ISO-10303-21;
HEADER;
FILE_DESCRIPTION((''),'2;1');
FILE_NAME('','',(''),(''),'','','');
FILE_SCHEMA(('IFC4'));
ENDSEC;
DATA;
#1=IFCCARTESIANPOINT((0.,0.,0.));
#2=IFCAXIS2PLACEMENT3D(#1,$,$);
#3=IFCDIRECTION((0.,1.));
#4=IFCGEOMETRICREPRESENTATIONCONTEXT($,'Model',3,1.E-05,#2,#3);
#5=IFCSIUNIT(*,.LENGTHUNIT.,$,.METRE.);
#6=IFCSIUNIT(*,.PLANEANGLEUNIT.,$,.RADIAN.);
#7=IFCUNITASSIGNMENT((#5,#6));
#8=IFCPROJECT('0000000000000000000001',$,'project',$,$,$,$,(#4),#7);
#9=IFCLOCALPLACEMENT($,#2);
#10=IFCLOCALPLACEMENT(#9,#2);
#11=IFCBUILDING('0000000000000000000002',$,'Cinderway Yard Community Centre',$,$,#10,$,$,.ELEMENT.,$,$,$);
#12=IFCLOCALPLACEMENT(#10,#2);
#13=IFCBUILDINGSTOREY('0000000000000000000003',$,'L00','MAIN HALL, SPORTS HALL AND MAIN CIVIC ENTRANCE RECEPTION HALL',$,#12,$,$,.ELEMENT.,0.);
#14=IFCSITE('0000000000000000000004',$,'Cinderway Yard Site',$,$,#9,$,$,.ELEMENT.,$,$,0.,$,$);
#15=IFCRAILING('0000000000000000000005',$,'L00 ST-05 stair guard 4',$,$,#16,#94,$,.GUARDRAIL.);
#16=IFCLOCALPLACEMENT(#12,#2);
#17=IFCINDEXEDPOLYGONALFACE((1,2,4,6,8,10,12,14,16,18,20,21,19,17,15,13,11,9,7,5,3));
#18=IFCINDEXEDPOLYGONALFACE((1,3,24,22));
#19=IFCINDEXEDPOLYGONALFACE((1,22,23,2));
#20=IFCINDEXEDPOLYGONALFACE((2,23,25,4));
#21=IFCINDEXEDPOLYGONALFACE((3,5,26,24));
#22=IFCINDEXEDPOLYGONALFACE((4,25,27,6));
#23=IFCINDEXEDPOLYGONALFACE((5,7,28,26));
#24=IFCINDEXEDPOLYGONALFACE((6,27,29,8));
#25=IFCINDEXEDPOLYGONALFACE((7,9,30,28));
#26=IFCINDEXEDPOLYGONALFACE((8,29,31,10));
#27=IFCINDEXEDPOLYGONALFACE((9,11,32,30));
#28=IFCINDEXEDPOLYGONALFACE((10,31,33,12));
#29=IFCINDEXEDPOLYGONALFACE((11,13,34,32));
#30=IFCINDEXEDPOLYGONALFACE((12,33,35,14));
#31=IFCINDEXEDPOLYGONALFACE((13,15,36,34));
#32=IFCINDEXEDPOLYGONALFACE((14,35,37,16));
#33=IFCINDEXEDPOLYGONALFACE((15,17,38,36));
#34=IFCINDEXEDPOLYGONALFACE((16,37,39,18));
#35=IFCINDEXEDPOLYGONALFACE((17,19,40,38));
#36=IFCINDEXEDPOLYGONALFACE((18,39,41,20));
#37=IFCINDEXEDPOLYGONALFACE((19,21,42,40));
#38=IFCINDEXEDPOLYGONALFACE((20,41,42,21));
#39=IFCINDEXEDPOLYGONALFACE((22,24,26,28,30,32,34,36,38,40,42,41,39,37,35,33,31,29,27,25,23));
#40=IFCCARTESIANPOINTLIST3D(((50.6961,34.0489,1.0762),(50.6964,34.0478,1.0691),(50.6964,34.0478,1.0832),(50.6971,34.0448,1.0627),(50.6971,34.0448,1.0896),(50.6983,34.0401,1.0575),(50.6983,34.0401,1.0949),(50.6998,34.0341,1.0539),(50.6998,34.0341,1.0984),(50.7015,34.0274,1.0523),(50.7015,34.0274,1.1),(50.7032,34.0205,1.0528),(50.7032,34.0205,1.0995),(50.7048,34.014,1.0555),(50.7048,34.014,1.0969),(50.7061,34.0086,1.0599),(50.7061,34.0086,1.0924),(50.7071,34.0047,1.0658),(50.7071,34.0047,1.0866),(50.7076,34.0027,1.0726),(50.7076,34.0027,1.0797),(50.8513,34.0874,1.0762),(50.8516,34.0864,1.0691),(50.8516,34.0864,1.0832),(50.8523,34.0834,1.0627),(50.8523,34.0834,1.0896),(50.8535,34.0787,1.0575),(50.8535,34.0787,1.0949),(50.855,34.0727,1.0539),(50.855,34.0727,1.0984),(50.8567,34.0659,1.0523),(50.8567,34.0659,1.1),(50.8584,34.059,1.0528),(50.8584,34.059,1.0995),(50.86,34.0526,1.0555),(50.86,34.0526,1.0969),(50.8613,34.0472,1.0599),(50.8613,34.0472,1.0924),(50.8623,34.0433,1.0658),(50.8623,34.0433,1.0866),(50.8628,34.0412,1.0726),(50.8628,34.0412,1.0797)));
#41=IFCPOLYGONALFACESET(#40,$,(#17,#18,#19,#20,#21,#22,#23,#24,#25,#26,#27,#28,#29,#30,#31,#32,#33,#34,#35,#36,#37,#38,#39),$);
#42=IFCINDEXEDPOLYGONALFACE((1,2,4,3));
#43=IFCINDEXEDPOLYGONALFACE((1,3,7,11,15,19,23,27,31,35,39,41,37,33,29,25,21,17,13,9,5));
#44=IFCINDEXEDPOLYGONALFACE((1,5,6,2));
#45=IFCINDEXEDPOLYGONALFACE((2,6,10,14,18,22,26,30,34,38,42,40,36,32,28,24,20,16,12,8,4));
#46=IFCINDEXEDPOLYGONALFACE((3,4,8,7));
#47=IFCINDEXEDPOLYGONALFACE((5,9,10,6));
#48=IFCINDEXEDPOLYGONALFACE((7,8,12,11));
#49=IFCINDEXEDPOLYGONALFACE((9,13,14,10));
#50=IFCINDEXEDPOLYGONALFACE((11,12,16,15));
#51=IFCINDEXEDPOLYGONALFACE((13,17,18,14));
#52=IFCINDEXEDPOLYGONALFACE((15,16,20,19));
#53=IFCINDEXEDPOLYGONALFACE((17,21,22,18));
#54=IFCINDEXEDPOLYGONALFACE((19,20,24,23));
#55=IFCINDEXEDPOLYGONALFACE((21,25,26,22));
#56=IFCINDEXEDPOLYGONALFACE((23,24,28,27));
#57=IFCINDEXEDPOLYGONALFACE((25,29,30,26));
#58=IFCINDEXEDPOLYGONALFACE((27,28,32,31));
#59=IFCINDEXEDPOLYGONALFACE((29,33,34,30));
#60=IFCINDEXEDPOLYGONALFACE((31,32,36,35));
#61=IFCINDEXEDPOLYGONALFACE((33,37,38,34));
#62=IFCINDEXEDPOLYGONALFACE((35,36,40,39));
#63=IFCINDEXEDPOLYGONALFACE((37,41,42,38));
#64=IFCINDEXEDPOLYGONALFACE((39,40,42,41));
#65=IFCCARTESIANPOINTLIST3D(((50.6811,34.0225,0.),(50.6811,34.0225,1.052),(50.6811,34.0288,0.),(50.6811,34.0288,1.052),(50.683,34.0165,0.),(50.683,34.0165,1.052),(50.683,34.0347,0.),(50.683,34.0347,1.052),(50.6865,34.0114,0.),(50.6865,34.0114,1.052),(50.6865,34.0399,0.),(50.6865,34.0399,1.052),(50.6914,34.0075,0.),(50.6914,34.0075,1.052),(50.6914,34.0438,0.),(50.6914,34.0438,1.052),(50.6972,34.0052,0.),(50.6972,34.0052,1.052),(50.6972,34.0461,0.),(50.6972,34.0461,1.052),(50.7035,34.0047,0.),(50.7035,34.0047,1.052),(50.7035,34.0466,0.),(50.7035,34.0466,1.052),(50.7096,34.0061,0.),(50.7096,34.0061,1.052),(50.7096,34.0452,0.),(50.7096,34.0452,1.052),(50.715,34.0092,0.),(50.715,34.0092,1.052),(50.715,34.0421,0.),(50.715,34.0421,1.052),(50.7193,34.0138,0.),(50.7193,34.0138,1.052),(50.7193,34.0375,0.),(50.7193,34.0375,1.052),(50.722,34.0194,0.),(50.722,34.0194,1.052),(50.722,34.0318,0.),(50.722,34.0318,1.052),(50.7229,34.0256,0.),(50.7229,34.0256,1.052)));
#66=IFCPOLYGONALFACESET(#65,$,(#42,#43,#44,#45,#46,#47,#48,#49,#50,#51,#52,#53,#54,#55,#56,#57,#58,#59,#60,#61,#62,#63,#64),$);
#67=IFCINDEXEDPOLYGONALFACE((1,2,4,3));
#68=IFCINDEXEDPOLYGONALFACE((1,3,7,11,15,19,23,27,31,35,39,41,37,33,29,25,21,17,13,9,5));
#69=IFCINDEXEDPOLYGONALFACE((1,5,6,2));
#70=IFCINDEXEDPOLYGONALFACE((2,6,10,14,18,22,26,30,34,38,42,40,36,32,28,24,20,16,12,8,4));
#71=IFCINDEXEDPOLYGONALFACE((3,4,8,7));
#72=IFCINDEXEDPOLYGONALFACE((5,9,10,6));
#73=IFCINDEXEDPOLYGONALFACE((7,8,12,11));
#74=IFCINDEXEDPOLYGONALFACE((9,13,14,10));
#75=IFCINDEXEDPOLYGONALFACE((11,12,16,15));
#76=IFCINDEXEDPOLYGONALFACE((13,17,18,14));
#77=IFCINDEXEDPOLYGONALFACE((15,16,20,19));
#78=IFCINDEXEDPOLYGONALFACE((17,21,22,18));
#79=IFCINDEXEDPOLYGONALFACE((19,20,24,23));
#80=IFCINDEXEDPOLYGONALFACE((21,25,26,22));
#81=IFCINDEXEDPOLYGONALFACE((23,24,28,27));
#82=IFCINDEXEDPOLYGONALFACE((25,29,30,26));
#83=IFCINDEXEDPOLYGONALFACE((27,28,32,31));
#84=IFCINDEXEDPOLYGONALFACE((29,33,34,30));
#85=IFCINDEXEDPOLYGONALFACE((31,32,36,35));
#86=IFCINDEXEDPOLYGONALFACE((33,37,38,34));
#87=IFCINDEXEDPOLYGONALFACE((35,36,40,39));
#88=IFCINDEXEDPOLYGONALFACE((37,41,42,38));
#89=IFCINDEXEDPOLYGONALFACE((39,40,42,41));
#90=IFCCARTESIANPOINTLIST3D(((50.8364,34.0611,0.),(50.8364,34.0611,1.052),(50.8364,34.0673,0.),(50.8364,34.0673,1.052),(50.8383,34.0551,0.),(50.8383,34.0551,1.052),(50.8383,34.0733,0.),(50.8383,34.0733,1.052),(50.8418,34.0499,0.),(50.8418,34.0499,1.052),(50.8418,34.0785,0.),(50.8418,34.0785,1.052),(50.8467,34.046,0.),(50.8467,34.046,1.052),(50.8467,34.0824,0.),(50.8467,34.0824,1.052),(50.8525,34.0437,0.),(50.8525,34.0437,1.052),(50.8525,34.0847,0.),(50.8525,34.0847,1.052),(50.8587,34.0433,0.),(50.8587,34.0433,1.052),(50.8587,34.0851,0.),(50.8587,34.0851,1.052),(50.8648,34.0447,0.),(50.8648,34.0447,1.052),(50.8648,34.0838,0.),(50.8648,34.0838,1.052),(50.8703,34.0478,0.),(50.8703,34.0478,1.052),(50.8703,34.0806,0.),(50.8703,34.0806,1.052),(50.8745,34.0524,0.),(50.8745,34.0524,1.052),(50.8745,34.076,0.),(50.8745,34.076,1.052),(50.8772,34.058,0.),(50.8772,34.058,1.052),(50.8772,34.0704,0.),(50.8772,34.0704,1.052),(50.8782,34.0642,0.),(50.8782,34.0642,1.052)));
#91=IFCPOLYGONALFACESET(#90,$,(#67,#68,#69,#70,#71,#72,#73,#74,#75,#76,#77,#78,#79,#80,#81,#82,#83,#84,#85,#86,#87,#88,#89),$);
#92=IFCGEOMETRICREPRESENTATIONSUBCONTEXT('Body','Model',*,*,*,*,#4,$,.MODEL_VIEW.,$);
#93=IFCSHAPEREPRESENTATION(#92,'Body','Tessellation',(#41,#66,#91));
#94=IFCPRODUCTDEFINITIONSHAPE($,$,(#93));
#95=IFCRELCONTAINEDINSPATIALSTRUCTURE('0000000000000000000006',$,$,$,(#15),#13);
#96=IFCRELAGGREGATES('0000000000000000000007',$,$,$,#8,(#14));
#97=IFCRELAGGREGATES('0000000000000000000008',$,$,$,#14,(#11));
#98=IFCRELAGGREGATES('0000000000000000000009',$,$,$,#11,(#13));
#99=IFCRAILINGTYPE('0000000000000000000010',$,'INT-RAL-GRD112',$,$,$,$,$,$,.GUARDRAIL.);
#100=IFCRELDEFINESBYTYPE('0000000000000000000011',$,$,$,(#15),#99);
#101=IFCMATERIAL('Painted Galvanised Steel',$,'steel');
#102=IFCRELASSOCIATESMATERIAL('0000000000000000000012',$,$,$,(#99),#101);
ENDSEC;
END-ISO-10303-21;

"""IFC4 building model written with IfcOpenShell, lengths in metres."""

from ifc_helpers import new_model, si_unit, direction, frame, origin, origin_2d, place, context, subcontext, project, spatial, circle, extrude, material, type_object, element, save


model = new_model("IFC4")

# Units and contexts
model_context = context("Model", 3, precision=1e-05, world=origin(), true_north=direction((0.0, 1.0)))
body_context = subcontext(model_context, "Body", "Model", "MODEL_VIEW")
ifc_project = project(units=[si_unit("LENGTHUNIT", "METRE"), si_unit("PLANEANGLEUNIT", "RADIAN")], contexts=[model_context])

# Site, building, storey
site_placement = place(None, origin())
site = spatial("IfcSite", under=ifc_project, at=site_placement, Name="Cinderway Yard Site", CompositionType="ELEMENT", RefElevation=0.0)
building_placement = place(site_placement, origin())
building = spatial("IfcBuilding", under=site, at=building_placement, Name="Cinderway Yard Community Centre", CompositionType="ELEMENT")
storey_placement = place(building_placement, origin())
storey = spatial("IfcBuildingStorey", under=building, at=storey_placement, Name="L00", Description="MAIN HALL, SPORTS HALL AND MAIN CIVIC ENTRANCE RECEPTION HALL", CompositionType="ELEMENT", Elevation=0.0)

# Railing
ifc_material_1 = material(Name="Painted Galvanised Steel", Category="steel")
railing_type_1 = type_object("IfcRailingType", Name="INT-RAL-GRD112", PredefinedType="GUARDRAIL", material=ifc_material_1)
railing_1_placement = place(storey_placement, frame((50.7019, 34.0256, 0.0)))
element("IfcRailing", 1, at=railing_1_placement, inside=storey, type_object=railing_type_1, Name="L00 ST-05 stair guard 4", PredefinedType="GUARDRAIL", context=body_context, shape_type="SweptSolid", body=[
    extrude(circle(Radius=0.0239, at=origin_2d()), frame((0.0, 0.0, 1.0762), z_axis=(0.9705, 0.241099, 0.0), x_axis=(-0.241099, 0.9705, 0.0)), (0.0, 0.0, 1.0), 0.1599),
    extrude(circle(Radius=0.021, at=origin_2d()), origin(), (0.0, 0.0, 1.0), 1.052),
    extrude(circle(Radius=0.021, at=origin_2d()), frame((0.1553, 0.0386, 0.0)), (0.0, 0.0, 1.0), 1.052),
])

save(model, "model.ifc")
